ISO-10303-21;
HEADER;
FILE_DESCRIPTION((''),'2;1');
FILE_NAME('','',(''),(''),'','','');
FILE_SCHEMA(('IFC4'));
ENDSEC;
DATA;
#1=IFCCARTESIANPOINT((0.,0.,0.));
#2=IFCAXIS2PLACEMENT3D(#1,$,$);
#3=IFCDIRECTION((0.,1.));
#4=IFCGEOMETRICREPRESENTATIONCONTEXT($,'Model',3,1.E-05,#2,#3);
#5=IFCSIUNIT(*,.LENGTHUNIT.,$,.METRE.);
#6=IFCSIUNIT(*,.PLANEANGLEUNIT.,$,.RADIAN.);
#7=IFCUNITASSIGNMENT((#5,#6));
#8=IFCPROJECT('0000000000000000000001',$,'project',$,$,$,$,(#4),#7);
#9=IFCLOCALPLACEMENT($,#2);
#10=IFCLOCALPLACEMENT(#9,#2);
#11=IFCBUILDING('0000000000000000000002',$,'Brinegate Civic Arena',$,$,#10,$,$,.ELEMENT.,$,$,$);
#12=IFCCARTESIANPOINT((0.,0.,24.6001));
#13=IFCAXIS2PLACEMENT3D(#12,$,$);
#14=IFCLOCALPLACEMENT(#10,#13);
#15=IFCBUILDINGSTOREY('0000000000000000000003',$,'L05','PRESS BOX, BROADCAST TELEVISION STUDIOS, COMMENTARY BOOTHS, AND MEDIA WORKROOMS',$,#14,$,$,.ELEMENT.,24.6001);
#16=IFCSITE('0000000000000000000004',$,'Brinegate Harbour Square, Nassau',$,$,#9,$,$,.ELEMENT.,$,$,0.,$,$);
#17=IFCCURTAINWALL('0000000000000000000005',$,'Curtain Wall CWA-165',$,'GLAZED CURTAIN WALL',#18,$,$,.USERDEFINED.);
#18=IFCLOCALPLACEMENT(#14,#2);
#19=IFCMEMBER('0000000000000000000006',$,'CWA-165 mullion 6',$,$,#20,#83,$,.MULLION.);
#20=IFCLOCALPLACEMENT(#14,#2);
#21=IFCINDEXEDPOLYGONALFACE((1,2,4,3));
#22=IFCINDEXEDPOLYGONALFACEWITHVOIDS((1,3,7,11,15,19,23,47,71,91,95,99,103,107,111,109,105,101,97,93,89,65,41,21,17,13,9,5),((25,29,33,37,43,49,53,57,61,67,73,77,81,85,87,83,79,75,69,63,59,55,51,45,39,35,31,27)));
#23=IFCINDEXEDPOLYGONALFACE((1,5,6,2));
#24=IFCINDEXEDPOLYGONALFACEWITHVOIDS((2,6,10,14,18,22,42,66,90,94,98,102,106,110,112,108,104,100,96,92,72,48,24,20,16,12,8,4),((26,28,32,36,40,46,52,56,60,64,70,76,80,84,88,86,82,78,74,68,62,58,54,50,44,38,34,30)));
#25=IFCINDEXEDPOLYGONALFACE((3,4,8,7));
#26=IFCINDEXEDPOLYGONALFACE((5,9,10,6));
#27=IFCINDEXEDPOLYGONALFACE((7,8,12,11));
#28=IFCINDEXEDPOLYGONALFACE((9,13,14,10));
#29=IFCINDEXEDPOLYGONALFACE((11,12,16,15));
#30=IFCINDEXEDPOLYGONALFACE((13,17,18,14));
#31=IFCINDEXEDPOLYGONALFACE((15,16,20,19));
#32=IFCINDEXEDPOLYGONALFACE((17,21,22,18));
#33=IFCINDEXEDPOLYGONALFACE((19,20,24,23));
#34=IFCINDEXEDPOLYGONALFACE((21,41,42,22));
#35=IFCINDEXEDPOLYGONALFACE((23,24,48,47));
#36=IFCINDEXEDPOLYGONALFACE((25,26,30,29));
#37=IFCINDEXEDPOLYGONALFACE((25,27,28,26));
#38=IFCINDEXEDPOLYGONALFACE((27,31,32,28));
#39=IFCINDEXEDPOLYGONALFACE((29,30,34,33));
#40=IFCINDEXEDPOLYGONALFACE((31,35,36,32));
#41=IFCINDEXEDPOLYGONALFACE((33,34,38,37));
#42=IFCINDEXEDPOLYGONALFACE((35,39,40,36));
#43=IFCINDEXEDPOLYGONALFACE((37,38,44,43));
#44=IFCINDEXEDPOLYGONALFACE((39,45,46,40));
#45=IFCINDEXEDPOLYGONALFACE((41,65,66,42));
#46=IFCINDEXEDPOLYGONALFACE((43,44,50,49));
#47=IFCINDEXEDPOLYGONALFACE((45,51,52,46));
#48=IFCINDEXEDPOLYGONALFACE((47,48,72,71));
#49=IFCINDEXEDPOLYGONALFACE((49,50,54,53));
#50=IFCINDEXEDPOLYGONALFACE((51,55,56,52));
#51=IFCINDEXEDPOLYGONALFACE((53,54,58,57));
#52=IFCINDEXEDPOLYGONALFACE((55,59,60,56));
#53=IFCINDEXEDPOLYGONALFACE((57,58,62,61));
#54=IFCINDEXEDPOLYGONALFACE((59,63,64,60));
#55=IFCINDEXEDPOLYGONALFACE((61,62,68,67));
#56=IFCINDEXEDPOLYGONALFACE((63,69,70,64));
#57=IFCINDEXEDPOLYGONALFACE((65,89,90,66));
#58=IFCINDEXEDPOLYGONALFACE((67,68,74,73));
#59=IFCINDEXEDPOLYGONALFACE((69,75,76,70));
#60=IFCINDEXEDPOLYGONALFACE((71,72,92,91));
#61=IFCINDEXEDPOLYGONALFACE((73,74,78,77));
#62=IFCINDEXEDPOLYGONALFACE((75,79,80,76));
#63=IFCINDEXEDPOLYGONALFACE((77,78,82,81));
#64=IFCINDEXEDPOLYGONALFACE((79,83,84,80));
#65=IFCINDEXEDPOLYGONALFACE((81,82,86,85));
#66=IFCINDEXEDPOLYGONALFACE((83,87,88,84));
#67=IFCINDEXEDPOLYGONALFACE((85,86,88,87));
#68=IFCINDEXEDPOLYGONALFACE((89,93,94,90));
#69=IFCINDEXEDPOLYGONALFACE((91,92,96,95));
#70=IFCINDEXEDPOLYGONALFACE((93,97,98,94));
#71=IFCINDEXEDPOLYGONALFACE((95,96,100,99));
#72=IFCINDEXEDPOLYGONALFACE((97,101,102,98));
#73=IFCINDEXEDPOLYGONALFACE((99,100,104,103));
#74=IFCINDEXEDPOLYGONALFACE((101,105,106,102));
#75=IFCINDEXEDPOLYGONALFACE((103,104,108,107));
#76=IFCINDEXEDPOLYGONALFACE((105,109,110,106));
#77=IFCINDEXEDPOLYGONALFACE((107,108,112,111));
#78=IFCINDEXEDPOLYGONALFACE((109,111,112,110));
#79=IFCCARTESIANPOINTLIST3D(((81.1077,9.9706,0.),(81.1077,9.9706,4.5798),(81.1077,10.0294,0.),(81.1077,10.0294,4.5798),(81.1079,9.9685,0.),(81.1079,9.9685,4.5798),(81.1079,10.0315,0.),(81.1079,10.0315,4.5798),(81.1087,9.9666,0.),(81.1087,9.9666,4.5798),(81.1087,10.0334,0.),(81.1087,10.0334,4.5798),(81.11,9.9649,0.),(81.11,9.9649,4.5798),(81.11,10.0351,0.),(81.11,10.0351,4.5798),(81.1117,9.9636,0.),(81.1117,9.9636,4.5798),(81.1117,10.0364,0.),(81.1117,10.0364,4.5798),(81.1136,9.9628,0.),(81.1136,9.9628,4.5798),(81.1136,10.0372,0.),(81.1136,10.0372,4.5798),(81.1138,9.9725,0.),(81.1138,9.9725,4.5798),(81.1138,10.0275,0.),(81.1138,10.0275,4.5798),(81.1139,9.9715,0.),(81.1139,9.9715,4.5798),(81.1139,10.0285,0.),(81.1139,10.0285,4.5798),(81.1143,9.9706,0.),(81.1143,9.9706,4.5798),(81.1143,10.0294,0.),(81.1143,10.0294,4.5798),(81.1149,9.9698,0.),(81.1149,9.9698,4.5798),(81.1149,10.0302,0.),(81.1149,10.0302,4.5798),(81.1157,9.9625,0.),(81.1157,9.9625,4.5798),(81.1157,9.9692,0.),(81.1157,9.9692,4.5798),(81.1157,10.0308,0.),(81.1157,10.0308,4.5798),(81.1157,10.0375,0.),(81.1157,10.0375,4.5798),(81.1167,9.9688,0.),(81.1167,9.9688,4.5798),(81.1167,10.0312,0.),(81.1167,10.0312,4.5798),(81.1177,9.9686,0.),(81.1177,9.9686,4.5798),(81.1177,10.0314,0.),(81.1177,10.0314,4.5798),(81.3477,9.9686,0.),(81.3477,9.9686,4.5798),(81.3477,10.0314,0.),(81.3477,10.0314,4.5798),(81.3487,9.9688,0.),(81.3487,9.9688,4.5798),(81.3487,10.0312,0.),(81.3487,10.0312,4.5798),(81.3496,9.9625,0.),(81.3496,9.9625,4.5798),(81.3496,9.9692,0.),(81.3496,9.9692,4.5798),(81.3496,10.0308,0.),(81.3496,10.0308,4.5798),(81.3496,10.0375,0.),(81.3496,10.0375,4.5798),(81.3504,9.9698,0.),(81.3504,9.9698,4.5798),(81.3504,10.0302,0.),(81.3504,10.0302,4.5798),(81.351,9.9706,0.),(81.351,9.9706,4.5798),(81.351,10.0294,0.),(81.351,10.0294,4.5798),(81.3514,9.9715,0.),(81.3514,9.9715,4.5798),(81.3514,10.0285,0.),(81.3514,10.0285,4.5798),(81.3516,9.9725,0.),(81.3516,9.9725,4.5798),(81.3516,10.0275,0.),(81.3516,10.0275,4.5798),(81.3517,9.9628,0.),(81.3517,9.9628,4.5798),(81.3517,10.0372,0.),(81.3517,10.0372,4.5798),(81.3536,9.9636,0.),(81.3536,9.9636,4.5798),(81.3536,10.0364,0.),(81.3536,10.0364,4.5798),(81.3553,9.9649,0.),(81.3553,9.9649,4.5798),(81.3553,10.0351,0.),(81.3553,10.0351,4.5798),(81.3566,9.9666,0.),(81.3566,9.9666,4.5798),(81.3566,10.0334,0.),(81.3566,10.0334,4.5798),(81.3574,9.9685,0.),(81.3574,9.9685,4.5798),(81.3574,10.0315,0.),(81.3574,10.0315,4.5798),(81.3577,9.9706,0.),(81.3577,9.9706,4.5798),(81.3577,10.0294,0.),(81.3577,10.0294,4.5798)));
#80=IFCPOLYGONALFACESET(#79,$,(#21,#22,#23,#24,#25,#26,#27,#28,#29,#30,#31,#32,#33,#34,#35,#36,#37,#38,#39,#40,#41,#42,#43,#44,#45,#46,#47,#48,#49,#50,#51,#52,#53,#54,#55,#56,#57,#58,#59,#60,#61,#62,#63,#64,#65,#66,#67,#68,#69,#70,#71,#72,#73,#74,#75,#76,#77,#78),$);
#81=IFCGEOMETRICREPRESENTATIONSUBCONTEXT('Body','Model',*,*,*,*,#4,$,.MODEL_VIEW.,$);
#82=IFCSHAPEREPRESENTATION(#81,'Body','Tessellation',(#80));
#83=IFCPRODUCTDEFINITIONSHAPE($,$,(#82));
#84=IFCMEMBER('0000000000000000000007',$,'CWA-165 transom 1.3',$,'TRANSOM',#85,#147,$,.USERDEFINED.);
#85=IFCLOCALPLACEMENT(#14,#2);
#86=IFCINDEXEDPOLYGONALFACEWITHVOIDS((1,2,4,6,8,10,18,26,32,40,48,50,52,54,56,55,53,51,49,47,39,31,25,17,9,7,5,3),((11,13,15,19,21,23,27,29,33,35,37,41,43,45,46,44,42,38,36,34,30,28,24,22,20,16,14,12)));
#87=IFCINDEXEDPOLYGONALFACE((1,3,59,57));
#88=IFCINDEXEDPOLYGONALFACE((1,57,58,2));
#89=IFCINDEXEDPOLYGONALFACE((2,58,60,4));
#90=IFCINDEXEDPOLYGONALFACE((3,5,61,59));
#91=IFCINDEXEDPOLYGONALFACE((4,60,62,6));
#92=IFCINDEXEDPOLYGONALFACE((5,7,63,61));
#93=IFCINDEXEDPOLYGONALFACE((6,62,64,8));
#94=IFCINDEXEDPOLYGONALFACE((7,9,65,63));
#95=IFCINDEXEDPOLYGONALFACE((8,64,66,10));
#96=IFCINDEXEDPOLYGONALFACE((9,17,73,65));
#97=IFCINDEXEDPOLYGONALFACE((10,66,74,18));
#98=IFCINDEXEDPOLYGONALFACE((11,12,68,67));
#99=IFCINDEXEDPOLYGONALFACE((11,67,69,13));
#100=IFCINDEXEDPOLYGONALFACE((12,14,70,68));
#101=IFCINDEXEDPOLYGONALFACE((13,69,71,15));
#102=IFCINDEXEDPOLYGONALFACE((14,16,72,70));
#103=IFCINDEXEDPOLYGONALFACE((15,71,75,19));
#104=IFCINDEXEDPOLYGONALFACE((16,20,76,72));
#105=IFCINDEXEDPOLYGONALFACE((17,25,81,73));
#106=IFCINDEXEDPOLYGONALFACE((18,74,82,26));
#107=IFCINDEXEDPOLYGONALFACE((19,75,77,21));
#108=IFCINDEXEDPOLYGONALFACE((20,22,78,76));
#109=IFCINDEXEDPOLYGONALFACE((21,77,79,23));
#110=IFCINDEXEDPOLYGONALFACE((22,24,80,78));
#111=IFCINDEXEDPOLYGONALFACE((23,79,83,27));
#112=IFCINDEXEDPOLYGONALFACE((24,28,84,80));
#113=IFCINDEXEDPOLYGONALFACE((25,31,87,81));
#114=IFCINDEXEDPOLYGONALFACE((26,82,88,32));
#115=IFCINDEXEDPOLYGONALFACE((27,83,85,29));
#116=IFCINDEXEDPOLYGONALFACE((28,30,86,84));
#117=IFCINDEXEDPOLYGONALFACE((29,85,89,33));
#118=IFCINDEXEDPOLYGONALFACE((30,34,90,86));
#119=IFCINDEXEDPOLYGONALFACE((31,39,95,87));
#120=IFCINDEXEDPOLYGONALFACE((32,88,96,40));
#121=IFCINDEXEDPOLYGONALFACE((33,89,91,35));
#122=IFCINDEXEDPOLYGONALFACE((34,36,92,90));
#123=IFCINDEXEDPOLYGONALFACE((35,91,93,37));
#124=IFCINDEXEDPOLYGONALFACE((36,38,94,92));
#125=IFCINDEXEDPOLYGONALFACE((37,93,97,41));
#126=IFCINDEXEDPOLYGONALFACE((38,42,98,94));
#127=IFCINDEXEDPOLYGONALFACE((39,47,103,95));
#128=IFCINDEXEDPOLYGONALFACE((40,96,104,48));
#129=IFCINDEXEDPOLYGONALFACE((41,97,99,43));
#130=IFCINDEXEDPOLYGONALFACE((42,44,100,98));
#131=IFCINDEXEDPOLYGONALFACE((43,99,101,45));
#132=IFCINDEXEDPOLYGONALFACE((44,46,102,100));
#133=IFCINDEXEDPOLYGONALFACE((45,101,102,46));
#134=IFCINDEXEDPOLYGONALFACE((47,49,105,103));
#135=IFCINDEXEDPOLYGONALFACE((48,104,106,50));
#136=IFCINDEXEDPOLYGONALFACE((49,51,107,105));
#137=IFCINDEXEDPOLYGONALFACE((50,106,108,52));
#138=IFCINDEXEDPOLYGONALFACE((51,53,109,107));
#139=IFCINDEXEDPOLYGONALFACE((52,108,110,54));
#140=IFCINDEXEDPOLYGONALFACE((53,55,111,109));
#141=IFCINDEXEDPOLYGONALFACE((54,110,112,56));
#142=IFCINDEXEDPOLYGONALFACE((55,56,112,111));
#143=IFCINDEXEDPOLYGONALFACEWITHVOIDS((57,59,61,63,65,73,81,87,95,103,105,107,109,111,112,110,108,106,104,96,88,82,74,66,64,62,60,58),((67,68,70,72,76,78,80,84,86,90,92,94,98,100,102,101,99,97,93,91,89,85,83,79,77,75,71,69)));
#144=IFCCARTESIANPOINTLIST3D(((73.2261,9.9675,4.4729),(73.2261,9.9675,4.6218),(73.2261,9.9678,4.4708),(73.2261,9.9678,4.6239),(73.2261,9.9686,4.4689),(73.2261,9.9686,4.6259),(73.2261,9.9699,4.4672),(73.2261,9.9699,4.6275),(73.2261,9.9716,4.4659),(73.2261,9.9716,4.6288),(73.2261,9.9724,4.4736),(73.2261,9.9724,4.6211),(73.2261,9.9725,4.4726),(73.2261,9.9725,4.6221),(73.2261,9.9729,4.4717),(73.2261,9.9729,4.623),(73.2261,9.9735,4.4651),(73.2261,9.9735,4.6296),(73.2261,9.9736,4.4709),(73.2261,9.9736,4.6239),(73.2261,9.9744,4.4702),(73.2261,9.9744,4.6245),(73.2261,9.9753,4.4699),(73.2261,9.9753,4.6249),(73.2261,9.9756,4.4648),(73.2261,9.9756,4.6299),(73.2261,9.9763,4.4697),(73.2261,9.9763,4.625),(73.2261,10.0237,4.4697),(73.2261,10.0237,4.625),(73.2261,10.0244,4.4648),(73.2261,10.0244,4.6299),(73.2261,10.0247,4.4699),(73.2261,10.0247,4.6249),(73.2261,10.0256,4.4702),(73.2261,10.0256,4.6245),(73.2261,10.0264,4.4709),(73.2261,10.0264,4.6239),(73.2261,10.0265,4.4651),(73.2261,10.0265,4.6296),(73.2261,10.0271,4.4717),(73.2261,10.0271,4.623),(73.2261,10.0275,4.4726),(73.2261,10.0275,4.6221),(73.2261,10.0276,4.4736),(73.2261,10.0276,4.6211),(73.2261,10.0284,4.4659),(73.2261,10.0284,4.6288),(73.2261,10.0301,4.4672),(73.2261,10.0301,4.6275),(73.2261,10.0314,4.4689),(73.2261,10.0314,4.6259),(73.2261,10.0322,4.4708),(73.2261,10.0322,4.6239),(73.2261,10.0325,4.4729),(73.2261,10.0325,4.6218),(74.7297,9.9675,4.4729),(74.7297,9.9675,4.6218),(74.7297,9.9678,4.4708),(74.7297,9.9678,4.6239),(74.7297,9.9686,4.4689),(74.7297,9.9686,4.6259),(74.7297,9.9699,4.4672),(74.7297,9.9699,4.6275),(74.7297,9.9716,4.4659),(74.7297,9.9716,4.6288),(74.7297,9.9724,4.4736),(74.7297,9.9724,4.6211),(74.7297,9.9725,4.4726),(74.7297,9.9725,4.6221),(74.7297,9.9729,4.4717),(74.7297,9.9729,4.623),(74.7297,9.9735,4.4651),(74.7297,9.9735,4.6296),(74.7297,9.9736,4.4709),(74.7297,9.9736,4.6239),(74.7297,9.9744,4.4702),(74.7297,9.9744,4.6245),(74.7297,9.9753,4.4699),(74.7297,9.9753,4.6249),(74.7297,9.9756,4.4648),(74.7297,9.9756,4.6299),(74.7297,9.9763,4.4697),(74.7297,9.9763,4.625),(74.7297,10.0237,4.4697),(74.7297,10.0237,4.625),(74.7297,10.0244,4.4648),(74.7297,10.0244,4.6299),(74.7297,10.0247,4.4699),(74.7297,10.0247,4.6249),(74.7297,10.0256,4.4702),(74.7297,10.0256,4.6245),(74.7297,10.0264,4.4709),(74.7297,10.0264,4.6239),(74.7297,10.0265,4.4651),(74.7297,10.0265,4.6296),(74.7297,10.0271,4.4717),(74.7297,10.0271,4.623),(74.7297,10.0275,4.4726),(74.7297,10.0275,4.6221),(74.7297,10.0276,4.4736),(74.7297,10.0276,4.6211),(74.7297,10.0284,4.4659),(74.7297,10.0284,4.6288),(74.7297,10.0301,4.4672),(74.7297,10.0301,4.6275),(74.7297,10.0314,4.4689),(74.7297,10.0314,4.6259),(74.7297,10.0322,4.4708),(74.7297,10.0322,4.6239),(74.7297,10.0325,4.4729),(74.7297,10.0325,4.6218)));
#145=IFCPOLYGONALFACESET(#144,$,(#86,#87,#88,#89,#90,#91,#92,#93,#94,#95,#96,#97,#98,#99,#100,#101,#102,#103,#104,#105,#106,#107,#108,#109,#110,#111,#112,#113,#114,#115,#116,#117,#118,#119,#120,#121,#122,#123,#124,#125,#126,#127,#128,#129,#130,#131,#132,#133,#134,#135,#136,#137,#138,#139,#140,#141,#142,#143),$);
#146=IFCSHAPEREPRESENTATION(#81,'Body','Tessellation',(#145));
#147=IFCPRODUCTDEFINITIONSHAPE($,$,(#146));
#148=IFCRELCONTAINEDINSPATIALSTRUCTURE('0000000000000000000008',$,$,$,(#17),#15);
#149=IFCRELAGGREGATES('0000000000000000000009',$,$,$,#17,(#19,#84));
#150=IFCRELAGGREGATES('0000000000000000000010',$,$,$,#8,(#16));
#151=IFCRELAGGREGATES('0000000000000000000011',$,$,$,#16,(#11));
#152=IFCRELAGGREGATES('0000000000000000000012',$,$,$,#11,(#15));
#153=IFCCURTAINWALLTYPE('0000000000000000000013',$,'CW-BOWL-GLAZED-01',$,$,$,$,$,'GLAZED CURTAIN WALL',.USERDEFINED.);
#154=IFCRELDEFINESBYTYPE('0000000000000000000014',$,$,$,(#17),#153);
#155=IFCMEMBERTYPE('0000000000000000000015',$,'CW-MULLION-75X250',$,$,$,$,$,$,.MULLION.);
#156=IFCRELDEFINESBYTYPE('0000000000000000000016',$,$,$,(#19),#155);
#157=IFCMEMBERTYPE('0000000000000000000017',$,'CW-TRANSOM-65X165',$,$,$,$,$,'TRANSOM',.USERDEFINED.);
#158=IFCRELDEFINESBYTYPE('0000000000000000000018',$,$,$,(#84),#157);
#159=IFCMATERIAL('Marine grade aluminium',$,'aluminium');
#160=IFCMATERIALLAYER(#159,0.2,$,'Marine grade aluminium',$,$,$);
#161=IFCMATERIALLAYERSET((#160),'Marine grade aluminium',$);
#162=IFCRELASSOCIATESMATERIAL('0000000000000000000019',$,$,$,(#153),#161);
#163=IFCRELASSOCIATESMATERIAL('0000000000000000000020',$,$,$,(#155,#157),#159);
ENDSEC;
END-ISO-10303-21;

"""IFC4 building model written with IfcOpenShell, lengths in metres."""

from ifc_helpers import new_model, si_unit, direction, frame, origin, origin_2d, place, context, subcontext, project, spatial, hollow_rectangle, extrude, material, layer, layer_set, material_profile, profile_set, type_object, element, aggregate, save


model = new_model("IFC4")

# Units and contexts
model_context = context("Model", 3, precision=1e-05, world=origin(), true_north=direction((0.0, 1.0)))
body_context = subcontext(model_context, "Body", "Model", "MODEL_VIEW")
ifc_project = project(units=[si_unit("LENGTHUNIT", "METRE"), si_unit("PLANEANGLEUNIT", "RADIAN")], contexts=[model_context])

# Site, building, storey
site_placement = place(None, origin())
site = spatial("IfcSite", under=ifc_project, at=site_placement, Name="Brinegate Harbour Square, Nassau", CompositionType="ELEMENT", RefElevation=0.0)
building_placement = place(site_placement, origin())
building = spatial("IfcBuilding", under=site, at=building_placement, Name="Brinegate Civic Arena", CompositionType="ELEMENT")
storey_placement = place(building_placement, frame((0.0, 0.0, 24.6001)))
storey = spatial("IfcBuildingStorey", under=building, at=storey_placement, Name="L05", Description="PRESS BOX, BROADCAST TELEVISION STUDIOS, COMMENTARY BOOTHS, AND MEDIA WORKROOMS", CompositionType="ELEMENT", Elevation=24.6001)

# Curtain wall, members
ifc_material_1 = material(Name="Marine grade aluminium", Category="aluminium")
ifc_layer_1 = layer(ifc_material_1, 0.2, Name="Marine grade aluminium")
ifc_layer_set_1 = layer_set([ifc_layer_1], Name="Marine grade aluminium")
curtain_wall_type = type_object("IfcCurtainWallType", Name="CW-BOWL-GLAZED-01", ElementType="GLAZED CURTAIN WALL", PredefinedType="USERDEFINED", material=ifc_layer_set_1)
curtain_wall_placement = place(storey_placement, origin())
curtain_wall = element("IfcCurtainWall", 1, at=curtain_wall_placement, inside=storey, type_object=curtain_wall_type, Name="Curtain Wall CWA-165", ObjectType="GLAZED CURTAIN WALL", PredefinedType="USERDEFINED")
ifc_material_profile_1 = material_profile(ifc_material_1, hollow_rectangle(XDim=0.075, YDim=0.25, WallThickness=0.0061, InnerFilletRadius=0.0039, OuterFilletRadius=0.0081, at=origin_2d()), Name="MUL75X250")
ifc_profile_set_1 = profile_set([ifc_material_profile_1], Name="Marine grade aluminium")
member_type_1 = type_object("IfcMemberType", Name="CW-MULLION-75X250", PredefinedType="MULLION", material=ifc_profile_set_1)
member_1_placement = place(storey_placement, frame((81.2327, 10.0, 0.0), z_axis=(0.0, 0.0, 1.0), x_axis=(0.0, 1.0, 0.0)))
member_1 = element("IfcMember", 2, at=member_1_placement, type_object=member_type_1, Name="CWA-165 mullion 6", PredefinedType="MULLION", context=body_context, shape_type="SweptSolid", body=[
    extrude(hollow_rectangle(XDim=0.075, YDim=0.25, WallThickness=0.0061, InnerFilletRadius=0.0039, OuterFilletRadius=0.0081, at=origin_2d()), origin(), (0.0, 0.0, 1.0), 4.5798),
])
ifc_material_profile_2 = material_profile(ifc_material_1, hollow_rectangle(XDim=0.0649, YDim=0.165, WallThickness=0.0049, InnerFilletRadius=0.0039, OuterFilletRadius=0.0081, at=origin_2d()), Name="TRN65X165")
ifc_profile_set_2 = profile_set([ifc_material_profile_2], Name="Marine grade aluminium")
member_type_2 = type_object("IfcMemberType", Name="CW-TRANSOM-65X165", ElementType="TRANSOM", PredefinedType="USERDEFINED", material=ifc_profile_set_2)
member_2_placement = place(storey_placement, frame((73.2261, 10.0, 4.5474), z_axis=(1.0, 0.0, 0.0), x_axis=(0.0, 1.0, 0.0)))
member_2 = element("IfcMember", 3, at=member_2_placement, type_object=member_type_2, Name="CWA-165 transom 1.3", ObjectType="TRANSOM", PredefinedType="USERDEFINED", context=body_context, shape_type="SweptSolid", body=[
    extrude(hollow_rectangle(XDim=0.0649, YDim=0.165, WallThickness=0.0049, InnerFilletRadius=0.0039, OuterFilletRadius=0.0081, at=origin_2d()), origin(), (0.0, 0.0, 1.0), 1.5037),
])
aggregate(curtain_wall, [member_1, member_2])

save(model, "model.ifc")
